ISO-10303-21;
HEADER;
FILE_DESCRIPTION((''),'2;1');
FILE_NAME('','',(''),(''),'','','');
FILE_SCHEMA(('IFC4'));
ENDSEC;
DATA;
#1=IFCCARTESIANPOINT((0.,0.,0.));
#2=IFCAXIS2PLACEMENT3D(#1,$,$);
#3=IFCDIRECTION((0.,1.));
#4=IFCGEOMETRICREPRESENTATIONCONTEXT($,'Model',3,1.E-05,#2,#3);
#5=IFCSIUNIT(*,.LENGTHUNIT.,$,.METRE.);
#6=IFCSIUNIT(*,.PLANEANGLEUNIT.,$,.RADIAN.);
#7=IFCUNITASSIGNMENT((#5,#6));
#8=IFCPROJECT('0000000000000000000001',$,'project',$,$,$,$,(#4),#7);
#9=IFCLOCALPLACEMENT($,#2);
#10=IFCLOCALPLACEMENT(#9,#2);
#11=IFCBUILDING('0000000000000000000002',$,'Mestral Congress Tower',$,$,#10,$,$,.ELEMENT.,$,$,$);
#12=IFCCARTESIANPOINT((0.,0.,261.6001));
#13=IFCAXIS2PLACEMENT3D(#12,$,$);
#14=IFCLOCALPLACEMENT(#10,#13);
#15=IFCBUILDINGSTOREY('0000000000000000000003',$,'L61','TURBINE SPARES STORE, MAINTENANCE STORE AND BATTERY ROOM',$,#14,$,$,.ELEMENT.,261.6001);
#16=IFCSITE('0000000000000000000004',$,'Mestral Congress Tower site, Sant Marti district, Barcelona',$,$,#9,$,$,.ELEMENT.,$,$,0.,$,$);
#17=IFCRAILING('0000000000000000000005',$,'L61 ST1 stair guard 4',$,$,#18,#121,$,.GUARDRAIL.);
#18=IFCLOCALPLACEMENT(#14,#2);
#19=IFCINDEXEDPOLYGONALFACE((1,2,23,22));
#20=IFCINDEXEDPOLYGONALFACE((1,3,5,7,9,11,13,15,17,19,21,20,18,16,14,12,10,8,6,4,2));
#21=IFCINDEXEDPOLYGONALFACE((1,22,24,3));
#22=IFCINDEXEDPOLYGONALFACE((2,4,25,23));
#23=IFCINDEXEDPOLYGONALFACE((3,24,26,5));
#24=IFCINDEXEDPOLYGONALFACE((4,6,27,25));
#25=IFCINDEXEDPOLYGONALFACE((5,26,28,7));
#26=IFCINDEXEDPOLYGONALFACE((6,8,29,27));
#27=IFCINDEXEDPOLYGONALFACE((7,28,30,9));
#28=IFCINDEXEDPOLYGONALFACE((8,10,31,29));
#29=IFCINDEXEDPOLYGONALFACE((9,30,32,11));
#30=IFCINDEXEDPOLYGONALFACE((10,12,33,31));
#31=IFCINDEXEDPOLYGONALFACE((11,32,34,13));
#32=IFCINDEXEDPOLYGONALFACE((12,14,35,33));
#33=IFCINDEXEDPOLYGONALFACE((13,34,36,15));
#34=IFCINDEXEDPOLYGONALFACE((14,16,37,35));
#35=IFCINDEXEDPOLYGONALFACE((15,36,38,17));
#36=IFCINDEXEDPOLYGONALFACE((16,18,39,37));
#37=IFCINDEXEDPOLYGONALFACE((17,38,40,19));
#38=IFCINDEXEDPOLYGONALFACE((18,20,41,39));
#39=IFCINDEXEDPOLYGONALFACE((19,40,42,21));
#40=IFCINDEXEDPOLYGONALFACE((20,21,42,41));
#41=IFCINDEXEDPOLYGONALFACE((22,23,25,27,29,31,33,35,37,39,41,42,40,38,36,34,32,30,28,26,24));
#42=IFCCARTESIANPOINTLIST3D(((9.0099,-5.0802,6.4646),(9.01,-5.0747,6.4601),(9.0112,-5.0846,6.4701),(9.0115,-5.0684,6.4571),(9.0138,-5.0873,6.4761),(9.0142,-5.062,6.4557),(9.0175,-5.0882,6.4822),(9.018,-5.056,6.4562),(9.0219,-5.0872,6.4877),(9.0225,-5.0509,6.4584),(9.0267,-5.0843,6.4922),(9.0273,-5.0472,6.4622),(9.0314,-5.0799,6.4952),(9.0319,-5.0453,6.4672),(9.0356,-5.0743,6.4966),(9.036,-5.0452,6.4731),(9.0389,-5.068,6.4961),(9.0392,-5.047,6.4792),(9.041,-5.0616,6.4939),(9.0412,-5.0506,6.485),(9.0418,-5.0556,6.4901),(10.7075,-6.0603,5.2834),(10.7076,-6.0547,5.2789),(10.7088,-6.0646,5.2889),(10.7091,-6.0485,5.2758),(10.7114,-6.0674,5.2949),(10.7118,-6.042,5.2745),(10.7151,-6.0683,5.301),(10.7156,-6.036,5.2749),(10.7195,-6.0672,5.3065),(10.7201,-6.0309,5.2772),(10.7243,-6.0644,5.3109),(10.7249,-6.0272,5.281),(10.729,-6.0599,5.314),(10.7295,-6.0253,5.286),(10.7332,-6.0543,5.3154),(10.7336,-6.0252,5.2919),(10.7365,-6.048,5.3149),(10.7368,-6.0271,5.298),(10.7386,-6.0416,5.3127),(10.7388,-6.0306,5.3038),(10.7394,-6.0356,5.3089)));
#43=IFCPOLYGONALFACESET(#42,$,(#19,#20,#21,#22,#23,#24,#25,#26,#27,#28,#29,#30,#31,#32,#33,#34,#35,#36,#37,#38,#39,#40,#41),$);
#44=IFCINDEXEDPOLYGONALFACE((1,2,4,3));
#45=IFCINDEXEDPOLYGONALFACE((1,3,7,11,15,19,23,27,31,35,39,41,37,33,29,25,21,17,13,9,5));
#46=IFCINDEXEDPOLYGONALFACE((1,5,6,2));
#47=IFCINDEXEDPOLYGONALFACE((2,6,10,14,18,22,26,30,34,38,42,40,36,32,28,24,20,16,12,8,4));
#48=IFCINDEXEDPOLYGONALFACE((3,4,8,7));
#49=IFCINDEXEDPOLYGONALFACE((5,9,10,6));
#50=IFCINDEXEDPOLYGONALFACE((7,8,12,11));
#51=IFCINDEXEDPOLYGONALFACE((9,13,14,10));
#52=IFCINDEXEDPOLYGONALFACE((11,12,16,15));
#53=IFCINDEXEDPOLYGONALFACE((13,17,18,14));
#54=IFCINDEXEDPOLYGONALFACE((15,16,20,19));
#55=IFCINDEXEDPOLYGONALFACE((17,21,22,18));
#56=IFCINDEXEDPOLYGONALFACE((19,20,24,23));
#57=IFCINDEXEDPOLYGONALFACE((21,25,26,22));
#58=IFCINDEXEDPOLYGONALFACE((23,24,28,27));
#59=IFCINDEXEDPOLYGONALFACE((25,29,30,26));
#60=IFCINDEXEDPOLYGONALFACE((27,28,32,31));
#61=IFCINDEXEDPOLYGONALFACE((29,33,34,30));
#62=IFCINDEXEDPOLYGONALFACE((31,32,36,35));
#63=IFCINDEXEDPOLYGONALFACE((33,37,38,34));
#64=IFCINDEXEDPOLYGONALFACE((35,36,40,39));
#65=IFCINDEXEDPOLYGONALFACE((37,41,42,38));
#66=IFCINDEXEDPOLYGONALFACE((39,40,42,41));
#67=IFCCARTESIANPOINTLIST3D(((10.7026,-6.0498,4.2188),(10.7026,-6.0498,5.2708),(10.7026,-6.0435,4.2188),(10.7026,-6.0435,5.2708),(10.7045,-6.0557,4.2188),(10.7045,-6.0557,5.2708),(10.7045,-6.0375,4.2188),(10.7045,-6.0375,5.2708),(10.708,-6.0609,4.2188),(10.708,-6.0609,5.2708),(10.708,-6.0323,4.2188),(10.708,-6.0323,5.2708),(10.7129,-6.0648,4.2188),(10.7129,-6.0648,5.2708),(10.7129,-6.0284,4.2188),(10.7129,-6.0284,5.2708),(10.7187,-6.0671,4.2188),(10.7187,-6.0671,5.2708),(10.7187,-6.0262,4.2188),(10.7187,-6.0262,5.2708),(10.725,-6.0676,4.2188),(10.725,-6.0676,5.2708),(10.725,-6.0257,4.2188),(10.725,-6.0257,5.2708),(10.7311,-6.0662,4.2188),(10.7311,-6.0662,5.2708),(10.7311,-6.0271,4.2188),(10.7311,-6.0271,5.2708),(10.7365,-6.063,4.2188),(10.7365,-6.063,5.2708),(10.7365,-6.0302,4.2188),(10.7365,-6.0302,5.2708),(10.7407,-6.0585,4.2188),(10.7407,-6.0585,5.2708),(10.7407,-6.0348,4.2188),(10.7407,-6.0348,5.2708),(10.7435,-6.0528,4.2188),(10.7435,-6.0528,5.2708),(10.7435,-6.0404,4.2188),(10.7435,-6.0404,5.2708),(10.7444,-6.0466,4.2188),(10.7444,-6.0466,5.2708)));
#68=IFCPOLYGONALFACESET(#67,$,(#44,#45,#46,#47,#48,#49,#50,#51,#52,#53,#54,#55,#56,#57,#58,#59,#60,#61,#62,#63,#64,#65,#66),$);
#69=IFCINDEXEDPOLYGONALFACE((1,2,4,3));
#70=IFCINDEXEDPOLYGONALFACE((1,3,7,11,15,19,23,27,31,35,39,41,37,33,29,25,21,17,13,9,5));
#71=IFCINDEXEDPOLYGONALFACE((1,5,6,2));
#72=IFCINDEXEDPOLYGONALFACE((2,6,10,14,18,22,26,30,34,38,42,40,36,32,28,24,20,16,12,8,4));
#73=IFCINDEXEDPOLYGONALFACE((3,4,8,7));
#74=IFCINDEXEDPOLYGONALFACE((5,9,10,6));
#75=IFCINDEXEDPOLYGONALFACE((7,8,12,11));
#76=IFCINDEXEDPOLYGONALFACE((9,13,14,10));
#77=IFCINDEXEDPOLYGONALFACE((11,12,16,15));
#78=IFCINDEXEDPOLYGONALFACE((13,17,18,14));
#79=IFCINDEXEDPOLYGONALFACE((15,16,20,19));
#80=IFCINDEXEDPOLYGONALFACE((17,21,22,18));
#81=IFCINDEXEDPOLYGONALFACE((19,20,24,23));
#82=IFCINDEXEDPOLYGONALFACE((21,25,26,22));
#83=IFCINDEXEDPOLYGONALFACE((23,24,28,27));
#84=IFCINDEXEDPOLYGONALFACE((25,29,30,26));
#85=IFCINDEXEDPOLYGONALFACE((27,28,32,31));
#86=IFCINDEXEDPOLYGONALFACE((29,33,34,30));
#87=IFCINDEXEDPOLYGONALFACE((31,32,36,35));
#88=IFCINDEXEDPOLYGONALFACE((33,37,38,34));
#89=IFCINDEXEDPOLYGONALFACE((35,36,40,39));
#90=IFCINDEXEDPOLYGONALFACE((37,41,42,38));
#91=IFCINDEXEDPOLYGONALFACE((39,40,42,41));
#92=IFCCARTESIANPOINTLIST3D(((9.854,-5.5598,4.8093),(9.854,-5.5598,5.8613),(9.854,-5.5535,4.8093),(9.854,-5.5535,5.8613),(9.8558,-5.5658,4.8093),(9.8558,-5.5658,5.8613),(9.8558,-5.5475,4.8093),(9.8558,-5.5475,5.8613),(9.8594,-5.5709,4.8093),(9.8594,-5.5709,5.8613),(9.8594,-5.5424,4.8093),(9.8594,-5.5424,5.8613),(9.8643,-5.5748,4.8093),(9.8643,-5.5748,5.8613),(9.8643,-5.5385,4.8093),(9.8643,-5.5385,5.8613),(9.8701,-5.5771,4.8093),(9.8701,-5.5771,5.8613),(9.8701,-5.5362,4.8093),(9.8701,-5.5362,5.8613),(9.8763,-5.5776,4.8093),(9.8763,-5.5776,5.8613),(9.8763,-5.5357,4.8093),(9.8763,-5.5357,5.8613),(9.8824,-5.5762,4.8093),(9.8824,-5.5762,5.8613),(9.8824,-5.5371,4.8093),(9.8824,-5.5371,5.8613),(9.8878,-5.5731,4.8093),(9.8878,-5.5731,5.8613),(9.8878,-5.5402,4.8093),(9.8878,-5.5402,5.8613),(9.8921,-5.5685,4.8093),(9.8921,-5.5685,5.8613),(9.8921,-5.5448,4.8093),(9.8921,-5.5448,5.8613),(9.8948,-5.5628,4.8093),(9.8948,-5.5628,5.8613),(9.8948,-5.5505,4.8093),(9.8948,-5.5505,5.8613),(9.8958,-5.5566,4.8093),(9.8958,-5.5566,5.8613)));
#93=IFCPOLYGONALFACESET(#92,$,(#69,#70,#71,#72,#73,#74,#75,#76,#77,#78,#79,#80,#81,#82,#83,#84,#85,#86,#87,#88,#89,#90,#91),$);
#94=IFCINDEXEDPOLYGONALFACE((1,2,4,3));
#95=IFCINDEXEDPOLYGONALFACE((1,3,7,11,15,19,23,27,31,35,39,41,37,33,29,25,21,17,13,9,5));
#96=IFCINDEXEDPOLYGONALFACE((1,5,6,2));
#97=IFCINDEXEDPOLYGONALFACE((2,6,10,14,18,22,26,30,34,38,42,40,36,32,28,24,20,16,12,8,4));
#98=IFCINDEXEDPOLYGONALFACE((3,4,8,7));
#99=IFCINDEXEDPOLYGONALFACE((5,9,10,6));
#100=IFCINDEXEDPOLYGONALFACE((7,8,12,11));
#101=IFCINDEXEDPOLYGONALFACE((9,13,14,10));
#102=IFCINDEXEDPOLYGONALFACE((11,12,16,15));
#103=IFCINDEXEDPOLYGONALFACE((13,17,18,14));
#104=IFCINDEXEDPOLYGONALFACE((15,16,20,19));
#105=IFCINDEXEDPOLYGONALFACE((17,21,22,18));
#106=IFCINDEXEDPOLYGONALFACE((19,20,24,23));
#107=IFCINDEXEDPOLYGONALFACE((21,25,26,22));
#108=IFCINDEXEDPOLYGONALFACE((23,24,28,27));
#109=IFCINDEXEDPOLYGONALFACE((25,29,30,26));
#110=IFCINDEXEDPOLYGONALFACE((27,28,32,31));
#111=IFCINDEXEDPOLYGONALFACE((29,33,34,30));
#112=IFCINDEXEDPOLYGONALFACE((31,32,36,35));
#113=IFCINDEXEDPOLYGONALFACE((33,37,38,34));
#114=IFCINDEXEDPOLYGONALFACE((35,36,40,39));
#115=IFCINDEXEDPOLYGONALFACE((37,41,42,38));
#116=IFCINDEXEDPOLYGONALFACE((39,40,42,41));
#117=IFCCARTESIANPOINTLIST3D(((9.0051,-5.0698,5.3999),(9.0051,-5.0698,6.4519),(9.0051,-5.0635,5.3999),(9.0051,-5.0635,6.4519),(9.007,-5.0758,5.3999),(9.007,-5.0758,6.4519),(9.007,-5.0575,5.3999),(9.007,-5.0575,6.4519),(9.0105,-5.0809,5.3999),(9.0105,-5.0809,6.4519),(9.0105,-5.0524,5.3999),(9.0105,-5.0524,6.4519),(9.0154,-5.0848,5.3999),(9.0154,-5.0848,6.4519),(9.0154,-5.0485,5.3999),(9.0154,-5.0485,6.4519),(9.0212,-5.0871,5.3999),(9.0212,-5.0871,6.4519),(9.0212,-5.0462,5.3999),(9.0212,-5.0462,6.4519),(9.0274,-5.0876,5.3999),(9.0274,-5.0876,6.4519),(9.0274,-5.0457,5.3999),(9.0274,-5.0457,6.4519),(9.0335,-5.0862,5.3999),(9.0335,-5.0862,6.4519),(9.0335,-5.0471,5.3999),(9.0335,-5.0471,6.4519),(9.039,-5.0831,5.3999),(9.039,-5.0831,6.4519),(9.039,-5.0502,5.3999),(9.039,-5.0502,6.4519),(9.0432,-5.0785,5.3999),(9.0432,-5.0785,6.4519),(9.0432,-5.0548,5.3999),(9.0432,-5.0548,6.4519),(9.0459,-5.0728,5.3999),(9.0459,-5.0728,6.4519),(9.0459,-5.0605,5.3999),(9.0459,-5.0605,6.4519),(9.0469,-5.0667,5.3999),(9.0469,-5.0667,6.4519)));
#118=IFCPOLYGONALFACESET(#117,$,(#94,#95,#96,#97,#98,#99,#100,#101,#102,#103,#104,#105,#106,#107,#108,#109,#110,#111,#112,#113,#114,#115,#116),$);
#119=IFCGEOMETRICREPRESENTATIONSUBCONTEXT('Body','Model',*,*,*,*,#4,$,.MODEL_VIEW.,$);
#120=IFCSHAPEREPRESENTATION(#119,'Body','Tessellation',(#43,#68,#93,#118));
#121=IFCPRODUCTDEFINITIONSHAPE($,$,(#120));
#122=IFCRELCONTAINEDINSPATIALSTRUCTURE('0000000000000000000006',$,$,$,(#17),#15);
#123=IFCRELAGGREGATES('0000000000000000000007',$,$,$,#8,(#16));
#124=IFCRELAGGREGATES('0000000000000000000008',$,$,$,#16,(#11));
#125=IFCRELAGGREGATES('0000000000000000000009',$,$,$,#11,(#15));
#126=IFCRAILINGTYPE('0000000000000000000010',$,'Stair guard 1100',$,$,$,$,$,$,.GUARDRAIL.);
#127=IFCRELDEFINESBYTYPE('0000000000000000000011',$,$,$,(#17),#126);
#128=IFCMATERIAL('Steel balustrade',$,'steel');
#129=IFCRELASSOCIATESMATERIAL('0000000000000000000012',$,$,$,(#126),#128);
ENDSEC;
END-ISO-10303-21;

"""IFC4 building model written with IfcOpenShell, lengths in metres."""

from ifc_helpers import new_model, si_unit, direction, frame, origin, origin_2d, place, context, subcontext, project, spatial, circle, extrude, material, type_object, element, save


model = new_model("IFC4")

# Units and contexts
model_context = context("Model", 3, precision=1e-05, world=origin(), true_north=direction((0.0, 1.0)))
body_context = subcontext(model_context, "Body", "Model", "MODEL_VIEW")
ifc_project = project(units=[si_unit("LENGTHUNIT", "METRE"), si_unit("PLANEANGLEUNIT", "RADIAN")], contexts=[model_context])

# Site, building, storey
site_placement = place(None, origin())
site = spatial("IfcSite", under=ifc_project, at=site_placement, Name="Mestral Congress Tower site, Sant Marti district, Barcelona", CompositionType="ELEMENT", RefElevation=0.0)
building_placement = place(site_placement, origin())
building = spatial("IfcBuilding", under=site, at=building_placement, Name="Mestral Congress Tower", CompositionType="ELEMENT")
storey_placement = place(building_placement, frame((0.0, 0.0, 261.6001)))
storey = spatial("IfcBuildingStorey", under=building, at=storey_placement, Name="L61", Description="TURBINE SPARES STORE, MAINTENANCE STORE AND BATTERY ROOM", CompositionType="ELEMENT", Elevation=261.6001)

# Railing
ifc_material_1 = material(Name="Steel balustrade", Category="steel")
railing_type_1 = type_object("IfcRailingType", Name="Stair guard 1100", PredefinedType="GUARDRAIL", material=ifc_material_1)
railing_1_placement = place(storey_placement, frame((10.7234, -6.0466, 4.2188)))
element("IfcRailing", 1, at=railing_1_placement, inside=storey, type_object=railing_type_1, Name="L61 ST1 stair guard 4", PredefinedType="GUARDRAIL", context=body_context, shape_type="SweptSolid", body=[
    extrude(circle(Radius=0.0239, at=origin_2d()), frame((0.0, 0.0, 1.0762), z_axis=(-0.741771, 0.428228, 0.516135), x_axis=(-0.49997, -0.866042, 0.0)), (0.0, 0.0, 1.0), 2.2886),
    extrude(circle(Radius=0.021, at=origin_2d()), origin(), (0.0, 0.0, 1.0), 1.052),
    extrude(circle(Radius=0.021, at=origin_2d()), frame((-0.8486, 0.49, 0.5906)), (0.0, 0.0, 1.0), 1.052),
    extrude(circle(Radius=0.021, at=origin_2d()), frame((-1.6975, 0.98, 1.1812)), (0.0, 0.0, 1.0), 1.052),
])

save(model, "model.ifc")
